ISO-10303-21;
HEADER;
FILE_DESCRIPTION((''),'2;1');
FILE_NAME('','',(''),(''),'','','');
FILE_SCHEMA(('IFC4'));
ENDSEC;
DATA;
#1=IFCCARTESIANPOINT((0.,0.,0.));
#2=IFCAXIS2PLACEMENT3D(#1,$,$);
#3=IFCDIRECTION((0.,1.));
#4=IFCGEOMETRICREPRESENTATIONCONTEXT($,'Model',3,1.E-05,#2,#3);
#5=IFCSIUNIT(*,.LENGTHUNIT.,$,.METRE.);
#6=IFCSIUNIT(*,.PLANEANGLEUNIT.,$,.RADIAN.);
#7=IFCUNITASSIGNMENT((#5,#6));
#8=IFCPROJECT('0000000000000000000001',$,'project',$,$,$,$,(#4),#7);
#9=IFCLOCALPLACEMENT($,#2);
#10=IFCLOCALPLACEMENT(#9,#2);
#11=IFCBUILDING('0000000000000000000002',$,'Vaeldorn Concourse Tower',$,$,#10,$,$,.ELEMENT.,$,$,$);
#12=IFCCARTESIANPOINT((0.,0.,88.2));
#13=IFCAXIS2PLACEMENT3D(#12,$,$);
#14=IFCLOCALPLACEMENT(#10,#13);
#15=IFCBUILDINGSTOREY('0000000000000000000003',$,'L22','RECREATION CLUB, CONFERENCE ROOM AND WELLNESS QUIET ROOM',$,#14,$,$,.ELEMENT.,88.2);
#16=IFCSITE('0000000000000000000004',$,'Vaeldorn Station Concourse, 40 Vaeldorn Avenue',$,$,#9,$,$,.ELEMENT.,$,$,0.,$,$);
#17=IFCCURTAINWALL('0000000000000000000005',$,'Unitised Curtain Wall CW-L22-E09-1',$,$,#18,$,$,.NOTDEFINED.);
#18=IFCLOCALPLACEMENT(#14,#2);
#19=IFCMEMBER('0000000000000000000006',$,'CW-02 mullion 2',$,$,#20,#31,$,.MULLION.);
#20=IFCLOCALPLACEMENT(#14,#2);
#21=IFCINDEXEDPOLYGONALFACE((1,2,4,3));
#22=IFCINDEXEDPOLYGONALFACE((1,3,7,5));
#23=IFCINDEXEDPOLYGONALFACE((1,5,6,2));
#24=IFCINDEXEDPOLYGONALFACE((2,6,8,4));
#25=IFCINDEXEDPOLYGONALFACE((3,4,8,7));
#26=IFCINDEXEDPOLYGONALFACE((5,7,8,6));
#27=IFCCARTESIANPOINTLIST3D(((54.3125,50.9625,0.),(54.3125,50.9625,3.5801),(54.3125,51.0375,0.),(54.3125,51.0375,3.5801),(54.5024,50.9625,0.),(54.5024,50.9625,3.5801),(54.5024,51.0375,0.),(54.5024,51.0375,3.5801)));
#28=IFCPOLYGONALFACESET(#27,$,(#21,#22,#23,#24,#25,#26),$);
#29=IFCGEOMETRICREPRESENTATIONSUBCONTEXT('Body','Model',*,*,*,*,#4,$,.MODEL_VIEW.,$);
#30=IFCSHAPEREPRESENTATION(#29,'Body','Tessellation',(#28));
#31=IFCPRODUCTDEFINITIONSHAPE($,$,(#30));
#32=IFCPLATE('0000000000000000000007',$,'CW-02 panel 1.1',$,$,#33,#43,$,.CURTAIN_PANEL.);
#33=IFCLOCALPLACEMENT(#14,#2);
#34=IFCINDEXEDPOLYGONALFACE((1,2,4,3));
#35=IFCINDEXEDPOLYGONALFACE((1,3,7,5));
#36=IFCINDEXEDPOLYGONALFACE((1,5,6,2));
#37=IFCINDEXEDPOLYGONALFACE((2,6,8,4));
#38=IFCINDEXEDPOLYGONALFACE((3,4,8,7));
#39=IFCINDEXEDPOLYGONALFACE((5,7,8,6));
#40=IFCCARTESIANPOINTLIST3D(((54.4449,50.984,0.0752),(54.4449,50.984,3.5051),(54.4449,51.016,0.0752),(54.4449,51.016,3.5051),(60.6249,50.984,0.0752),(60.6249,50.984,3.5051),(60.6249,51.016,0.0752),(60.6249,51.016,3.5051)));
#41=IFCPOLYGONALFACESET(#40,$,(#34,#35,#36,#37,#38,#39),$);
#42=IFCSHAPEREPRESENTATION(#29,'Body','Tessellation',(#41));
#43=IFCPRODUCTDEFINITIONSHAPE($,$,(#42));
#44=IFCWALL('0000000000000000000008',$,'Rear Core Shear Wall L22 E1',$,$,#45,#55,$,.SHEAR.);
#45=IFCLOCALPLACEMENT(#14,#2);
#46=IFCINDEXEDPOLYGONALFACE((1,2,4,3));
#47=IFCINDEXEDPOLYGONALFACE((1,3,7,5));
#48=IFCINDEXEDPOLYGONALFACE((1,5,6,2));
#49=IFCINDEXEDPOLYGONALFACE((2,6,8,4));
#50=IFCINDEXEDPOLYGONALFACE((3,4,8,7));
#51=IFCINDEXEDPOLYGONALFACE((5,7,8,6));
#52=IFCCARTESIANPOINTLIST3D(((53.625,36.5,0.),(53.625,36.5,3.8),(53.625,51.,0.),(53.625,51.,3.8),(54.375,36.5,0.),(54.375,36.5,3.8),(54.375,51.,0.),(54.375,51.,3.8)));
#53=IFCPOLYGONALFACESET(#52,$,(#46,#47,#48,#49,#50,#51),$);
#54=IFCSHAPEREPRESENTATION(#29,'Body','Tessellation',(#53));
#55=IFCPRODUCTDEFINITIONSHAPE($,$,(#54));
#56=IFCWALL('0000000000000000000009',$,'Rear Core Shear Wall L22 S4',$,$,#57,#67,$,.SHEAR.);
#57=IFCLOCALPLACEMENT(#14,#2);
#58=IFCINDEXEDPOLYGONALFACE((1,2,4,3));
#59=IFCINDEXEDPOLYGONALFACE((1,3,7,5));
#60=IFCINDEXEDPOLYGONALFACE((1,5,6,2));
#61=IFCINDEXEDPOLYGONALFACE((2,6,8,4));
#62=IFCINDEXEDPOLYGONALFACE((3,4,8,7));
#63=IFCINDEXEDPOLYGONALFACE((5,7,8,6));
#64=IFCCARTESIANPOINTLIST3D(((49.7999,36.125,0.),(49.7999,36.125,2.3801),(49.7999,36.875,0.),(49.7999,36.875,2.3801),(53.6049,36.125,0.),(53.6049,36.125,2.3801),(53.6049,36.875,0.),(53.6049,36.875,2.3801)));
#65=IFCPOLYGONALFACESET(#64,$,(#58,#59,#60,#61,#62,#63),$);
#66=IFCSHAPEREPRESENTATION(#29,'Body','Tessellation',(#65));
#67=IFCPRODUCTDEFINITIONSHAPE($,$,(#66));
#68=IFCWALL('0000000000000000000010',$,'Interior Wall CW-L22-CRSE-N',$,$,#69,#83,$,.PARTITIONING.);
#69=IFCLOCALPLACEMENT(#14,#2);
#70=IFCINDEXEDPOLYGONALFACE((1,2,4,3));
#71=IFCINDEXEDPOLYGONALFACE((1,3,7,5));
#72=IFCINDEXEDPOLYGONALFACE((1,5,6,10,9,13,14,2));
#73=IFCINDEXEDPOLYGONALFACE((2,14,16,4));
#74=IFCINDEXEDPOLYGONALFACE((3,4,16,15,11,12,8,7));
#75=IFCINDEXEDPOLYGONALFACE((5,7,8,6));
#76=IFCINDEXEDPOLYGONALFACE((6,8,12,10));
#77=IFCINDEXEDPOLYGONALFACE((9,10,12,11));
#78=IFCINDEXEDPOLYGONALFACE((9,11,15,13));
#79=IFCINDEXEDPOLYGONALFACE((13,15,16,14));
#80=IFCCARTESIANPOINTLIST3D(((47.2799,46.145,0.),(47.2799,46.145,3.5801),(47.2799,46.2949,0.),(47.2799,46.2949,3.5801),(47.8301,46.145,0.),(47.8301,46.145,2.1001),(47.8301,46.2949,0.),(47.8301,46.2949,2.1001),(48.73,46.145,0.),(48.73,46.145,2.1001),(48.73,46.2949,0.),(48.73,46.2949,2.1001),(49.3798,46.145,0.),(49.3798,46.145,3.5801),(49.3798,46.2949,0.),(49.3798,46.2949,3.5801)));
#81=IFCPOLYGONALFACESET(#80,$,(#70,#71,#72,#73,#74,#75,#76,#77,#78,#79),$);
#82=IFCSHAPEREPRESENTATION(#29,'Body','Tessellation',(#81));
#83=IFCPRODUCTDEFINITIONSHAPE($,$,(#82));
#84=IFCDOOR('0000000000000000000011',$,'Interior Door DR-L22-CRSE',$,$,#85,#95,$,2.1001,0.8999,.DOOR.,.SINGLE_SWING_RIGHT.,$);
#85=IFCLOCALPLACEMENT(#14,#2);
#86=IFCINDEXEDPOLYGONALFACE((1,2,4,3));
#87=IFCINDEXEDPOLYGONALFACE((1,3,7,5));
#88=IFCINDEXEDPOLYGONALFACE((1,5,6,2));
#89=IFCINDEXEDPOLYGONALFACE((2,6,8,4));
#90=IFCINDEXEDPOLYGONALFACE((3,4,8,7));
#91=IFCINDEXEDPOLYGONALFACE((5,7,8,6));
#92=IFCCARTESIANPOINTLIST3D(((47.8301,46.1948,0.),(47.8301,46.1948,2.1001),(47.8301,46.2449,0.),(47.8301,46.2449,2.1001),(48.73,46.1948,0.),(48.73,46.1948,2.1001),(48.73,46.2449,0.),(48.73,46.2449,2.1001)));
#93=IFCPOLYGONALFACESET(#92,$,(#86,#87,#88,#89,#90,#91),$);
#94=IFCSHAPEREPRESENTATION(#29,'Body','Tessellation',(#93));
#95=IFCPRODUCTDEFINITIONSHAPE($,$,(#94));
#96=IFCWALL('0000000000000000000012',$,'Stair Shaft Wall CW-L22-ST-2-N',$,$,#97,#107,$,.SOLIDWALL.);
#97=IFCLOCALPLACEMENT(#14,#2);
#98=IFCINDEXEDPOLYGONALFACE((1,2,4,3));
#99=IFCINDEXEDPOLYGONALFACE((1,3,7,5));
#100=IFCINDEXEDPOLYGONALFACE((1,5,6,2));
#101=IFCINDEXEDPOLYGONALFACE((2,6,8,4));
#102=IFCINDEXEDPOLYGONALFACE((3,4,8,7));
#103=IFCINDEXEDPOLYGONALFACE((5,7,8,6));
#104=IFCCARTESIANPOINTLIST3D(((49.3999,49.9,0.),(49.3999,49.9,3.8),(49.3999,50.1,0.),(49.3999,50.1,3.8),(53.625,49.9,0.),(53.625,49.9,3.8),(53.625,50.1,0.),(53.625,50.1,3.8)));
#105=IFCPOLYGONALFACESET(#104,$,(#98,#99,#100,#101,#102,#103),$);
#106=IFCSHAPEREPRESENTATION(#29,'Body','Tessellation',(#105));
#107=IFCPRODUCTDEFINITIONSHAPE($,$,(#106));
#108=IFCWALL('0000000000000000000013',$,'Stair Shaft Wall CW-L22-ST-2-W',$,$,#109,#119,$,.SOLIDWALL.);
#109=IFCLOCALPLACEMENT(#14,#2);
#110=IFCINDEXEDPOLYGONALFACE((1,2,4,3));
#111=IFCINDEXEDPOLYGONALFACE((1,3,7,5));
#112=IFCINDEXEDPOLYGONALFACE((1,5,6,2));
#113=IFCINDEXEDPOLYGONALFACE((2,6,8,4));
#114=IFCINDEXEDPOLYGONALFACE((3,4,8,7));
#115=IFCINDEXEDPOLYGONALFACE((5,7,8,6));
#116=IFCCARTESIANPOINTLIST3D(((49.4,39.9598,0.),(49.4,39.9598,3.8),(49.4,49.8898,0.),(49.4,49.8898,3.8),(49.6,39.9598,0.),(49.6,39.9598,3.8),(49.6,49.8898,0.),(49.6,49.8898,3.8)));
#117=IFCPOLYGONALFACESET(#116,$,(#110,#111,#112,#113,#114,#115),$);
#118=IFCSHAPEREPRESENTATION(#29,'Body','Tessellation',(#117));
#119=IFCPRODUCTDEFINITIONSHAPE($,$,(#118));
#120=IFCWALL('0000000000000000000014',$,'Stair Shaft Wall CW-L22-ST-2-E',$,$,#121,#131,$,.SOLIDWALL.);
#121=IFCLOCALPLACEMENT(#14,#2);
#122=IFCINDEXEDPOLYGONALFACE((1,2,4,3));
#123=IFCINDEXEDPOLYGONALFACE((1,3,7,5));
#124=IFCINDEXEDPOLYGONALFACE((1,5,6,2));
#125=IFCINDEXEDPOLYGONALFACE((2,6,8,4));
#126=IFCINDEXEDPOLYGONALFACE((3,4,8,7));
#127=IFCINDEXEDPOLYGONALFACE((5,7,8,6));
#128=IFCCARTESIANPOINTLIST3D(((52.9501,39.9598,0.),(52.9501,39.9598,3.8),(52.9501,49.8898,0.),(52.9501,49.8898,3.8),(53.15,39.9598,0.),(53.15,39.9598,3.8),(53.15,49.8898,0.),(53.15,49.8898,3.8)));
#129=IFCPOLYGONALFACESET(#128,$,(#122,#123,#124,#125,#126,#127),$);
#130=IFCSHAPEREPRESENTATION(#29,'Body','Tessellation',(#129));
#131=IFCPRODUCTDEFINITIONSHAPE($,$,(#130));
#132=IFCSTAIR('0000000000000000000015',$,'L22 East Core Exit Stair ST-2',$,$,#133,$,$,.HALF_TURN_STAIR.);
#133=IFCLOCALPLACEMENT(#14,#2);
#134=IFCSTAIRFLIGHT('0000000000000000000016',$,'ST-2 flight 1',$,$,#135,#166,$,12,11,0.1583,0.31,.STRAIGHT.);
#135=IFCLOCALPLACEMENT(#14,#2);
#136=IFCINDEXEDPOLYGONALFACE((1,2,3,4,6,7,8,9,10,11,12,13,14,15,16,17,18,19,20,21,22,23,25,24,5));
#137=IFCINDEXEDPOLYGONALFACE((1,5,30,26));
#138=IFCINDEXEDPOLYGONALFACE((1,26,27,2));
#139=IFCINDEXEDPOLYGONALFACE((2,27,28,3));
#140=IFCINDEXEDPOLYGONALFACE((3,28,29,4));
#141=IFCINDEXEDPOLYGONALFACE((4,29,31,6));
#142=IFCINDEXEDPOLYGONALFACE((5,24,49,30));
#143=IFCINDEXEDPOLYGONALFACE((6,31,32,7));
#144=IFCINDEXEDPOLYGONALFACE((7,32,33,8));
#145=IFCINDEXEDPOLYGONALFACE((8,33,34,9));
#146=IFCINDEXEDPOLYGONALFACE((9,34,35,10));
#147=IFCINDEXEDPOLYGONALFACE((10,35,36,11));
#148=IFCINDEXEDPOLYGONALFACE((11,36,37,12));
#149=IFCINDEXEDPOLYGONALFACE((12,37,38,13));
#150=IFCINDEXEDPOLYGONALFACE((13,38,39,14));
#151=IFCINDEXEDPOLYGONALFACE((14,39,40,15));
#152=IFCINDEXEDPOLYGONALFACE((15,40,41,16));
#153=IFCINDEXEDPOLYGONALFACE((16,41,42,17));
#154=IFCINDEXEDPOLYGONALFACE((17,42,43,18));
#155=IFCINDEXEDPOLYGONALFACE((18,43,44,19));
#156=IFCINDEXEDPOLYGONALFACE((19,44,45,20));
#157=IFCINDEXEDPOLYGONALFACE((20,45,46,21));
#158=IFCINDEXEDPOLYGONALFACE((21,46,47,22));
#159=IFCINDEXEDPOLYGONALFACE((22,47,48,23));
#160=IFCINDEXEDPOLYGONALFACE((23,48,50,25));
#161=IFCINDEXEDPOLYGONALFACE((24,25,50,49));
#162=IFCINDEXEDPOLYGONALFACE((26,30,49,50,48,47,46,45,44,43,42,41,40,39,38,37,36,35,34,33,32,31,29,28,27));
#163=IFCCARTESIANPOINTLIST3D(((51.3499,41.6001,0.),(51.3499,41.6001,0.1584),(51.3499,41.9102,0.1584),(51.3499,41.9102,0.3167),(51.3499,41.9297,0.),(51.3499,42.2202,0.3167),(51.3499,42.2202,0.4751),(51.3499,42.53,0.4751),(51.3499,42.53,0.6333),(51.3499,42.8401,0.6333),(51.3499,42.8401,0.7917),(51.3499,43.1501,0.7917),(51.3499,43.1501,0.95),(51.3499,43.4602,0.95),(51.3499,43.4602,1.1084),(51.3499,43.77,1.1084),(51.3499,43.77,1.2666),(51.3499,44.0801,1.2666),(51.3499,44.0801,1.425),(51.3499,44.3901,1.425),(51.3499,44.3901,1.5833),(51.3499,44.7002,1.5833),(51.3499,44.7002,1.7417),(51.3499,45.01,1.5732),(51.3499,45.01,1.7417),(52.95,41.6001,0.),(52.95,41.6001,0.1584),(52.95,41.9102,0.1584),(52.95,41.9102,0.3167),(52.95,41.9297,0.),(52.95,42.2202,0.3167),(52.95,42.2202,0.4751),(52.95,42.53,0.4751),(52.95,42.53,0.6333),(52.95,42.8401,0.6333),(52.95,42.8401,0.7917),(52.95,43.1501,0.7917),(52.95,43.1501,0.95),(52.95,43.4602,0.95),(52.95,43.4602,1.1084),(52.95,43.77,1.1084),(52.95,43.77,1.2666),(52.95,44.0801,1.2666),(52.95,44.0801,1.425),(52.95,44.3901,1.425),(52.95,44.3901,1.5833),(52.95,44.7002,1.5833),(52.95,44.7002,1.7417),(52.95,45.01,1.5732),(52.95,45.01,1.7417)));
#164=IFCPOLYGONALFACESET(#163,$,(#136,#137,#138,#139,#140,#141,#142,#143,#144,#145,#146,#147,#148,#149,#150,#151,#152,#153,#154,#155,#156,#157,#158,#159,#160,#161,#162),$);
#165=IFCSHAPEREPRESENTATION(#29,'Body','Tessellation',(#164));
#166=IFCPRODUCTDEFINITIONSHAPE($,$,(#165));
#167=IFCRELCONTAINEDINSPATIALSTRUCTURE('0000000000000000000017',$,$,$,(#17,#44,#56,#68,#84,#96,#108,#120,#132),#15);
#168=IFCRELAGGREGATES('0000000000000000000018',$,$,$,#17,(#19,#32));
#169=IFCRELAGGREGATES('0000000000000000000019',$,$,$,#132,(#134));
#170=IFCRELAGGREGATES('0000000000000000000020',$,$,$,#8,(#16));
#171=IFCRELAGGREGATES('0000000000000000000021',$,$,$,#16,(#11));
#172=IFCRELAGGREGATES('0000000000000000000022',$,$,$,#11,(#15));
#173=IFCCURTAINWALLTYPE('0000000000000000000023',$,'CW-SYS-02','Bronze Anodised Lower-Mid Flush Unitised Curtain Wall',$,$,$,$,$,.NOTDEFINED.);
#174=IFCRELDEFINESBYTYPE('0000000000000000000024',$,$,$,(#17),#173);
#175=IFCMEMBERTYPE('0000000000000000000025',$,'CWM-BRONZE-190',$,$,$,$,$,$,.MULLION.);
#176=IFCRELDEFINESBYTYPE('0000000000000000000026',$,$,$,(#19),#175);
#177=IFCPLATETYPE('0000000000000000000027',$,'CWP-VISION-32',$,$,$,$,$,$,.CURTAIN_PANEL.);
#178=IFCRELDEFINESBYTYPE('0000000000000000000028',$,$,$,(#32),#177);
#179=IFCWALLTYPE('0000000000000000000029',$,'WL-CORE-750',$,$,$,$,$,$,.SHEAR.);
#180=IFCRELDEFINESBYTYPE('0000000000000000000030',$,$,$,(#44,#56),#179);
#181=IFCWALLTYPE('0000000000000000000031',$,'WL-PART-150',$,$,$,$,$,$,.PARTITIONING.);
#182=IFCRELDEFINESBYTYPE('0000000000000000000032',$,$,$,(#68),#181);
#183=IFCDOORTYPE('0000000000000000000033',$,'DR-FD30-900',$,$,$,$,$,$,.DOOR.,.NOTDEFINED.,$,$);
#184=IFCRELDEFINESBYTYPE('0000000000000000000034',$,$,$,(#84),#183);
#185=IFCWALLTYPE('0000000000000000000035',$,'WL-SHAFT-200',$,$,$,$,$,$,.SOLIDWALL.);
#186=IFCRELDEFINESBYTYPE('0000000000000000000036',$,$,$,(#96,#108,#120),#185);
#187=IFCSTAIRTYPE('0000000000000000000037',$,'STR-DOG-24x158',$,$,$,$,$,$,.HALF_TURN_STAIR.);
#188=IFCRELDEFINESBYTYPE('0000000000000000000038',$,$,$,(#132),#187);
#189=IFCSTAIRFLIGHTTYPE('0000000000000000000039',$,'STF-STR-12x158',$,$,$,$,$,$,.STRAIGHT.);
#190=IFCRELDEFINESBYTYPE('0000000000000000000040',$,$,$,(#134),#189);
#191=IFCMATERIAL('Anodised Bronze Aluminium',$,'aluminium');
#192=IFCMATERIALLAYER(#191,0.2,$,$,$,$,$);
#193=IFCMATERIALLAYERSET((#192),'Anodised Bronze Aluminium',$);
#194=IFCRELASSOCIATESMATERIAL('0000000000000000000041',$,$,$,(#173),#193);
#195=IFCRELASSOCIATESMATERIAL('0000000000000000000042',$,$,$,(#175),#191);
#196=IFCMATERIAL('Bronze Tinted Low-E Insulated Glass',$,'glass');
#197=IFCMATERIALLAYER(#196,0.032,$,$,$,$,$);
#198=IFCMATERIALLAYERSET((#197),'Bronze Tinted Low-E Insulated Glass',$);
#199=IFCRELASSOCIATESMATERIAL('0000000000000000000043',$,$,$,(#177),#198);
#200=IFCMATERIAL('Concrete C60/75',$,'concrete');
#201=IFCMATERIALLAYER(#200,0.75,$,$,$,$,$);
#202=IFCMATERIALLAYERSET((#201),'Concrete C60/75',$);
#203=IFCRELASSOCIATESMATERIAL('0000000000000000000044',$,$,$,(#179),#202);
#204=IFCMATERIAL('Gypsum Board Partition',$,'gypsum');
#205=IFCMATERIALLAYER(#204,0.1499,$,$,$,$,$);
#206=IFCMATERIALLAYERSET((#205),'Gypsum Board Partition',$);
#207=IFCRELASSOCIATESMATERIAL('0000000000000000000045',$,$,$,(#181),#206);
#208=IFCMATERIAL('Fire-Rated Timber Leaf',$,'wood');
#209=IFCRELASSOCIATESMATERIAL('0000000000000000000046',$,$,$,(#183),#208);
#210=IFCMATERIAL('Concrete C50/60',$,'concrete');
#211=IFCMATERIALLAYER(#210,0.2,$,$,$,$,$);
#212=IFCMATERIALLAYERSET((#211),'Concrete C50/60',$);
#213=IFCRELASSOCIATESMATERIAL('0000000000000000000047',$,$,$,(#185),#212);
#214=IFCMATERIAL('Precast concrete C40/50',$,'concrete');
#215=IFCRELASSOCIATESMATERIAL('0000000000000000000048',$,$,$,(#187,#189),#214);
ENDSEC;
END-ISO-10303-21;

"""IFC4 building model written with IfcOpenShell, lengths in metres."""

from ifc_helpers import new_model, si_unit, direction, frame, frame_2d, origin, origin_2d, place, context, subcontext, project, spatial, polyline, rectangle, outline, extrude, source, transform, mapped, material, layer, layer_set, material_profile, profile_set, type_object, element, fill, aggregate, save


model = new_model("IFC4")

# Units and contexts
model_context = context("Model", 3, precision=1e-05, world=origin(), true_north=direction((0.0, 1.0)))
body_context = subcontext(model_context, "Body", "Model", "MODEL_VIEW")
ifc_project = project(units=[si_unit("LENGTHUNIT", "METRE"), si_unit("PLANEANGLEUNIT", "RADIAN")], contexts=[model_context])

# Site, building, storey
site_placement = place(None, origin())
site = spatial("IfcSite", under=ifc_project, at=site_placement, Name="Vaeldorn Station Concourse, 40 Vaeldorn Avenue", CompositionType="ELEMENT", RefElevation=0.0)
building_placement = place(site_placement, origin())
building = spatial("IfcBuilding", under=site, at=building_placement, Name="Vaeldorn Concourse Tower", CompositionType="ELEMENT")
storey_placement = place(building_placement, frame((0.0, 0.0, 88.2)))
storey = spatial("IfcBuildingStorey", under=building, at=storey_placement, Name="L22", Description="RECREATION CLUB, CONFERENCE ROOM AND WELLNESS QUIET ROOM", CompositionType="ELEMENT", Elevation=88.2)

# Shared definitions
ifc_material_1 = material(Name="Concrete C60/75", Category="concrete")

# Curtain wall, member, plate
ifc_material_2 = material(Name="Anodised Bronze Aluminium", Category="aluminium")
ifc_layer_1 = layer(ifc_material_2, 0.2)
ifc_layer_set_1 = layer_set([ifc_layer_1], Name="Anodised Bronze Aluminium")
curtain_wall_type = type_object("IfcCurtainWallType", Name="CW-SYS-02", Description="Bronze Anodised Lower-Mid Flush Unitised Curtain Wall", PredefinedType="NOTDEFINED", material=ifc_layer_set_1)
curtain_wall_placement = place(storey_placement, origin())
curtain_wall = element("IfcCurtainWall", 1, at=curtain_wall_placement, inside=storey, type_object=curtain_wall_type, Name="Unitised Curtain Wall CW-L22-E09-1", PredefinedType="NOTDEFINED")
ifc_material_profile_1 = material_profile(ifc_material_2, rectangle(XDim=0.075, YDim=0.1899, at=origin_2d()), Name="CWM 75x190")
ifc_profile_set_1 = profile_set([ifc_material_profile_1], Name="Anodised Bronze Aluminium")
member_type = type_object("IfcMemberType", Name="CWM-BRONZE-190", PredefinedType="MULLION", material=ifc_profile_set_1)
shared_shape_1 = source(origin(), body_context, "Body", "SweptSolid", [
    extrude(rectangle(XDim=0.075, YDim=0.1899, at=origin_2d()), origin(), (0.0, 0.0, 1.0), 3.5801),
])
member_placement = place(storey_placement, frame((54.4075, 51.0, 0.0), z_axis=(0.0, 0.0, 1.0), x_axis=(0.0, -1.0, 0.0)))
member = element("IfcMember", 2, at=member_placement, type_object=member_type, Name="CW-02 mullion 2", PredefinedType="MULLION", context=body_context, shape_type="MappedRepresentation", body=[
    mapped(shared_shape_1, transform((0.0, 0.0, 0.0), scale=1.0)),
])
ifc_material_3 = material(Name="Bronze Tinted Low-E Insulated Glass", Category="glass")
ifc_layer_2 = layer(ifc_material_3, 0.032)
ifc_layer_set_2 = layer_set([ifc_layer_2], Name="Bronze Tinted Low-E Insulated Glass")
plate_type = type_object("IfcPlateType", Name="CWP-VISION-32", PredefinedType="CURTAIN_PANEL", material=ifc_layer_set_2)
shared_shape_2 = source(origin(), body_context, "Body", "SweptSolid", [
    extrude(rectangle(XDim=6.1799, YDim=0.032, at=origin_2d()), origin(), (0.0, 0.0, 1.0), 3.4299),
])
plate_placement = place(storey_placement, frame((57.5349, 51.0, 0.0752), z_axis=(0.0, 0.0, 1.0), x_axis=(-1.0, 0.0, 0.0)))
plate = element("IfcPlate", 3, at=plate_placement, type_object=plate_type, Name="CW-02 panel 1.1", PredefinedType="CURTAIN_PANEL", context=body_context, shape_type="MappedRepresentation", body=[
    mapped(shared_shape_2, transform((0.0, 0.0, 0.0), scale=1.0)),
])
aggregate(curtain_wall, [member, plate])

# Walls
ifc_layer_3 = layer(ifc_material_1, 0.75)
ifc_layer_set_3 = layer_set([ifc_layer_3], Name="Concrete C60/75")
wall_type_1 = type_object("IfcWallType", Name="WL-CORE-750", PredefinedType="SHEAR", material=ifc_layer_set_3)
wall_1_placement = place(storey_placement, frame((54.0, 36.5, 0.0), z_axis=(0.0, 0.0, 1.0), x_axis=(0.0, 1.0, 0.0)))
element("IfcWall", 4, at=wall_1_placement, inside=storey, type_object=wall_type_1, Name="Rear Core Shear Wall L22 E1", PredefinedType="SHEAR", context=body_context, shape_type="SweptSolid", body=[
    extrude(rectangle(XDim=14.5, YDim=0.75, at=frame_2d((7.25, 0.0))), origin(), (0.0, 0.0, 1.0), 3.8),
])
wall_2_placement = place(storey_placement, frame((49.8, 36.5, 0.0), z_axis=(0.0, 0.0, 1.0), x_axis=(1.0, 0.0, 0.0)))
element("IfcWall", 5, at=wall_2_placement, inside=storey, type_object=wall_type_1, Name="Rear Core Shear Wall L22 S4", PredefinedType="SHEAR", context=body_context, shape_type="SweptSolid", body=[
    extrude(rectangle(XDim=3.8049, YDim=0.75, at=frame_2d((1.9023, 0.0))), origin(), (0.0, 0.0, 1.0), 2.3801),
])

# Wall, opening, door
ifc_material_4 = material(Name="Gypsum Board Partition", Category="gypsum")
ifc_layer_4 = layer(ifc_material_4, 0.1499)
ifc_layer_set_4 = layer_set([ifc_layer_4], Name="Gypsum Board Partition")
wall_type_2 = type_object("IfcWallType", Name="WL-PART-150", PredefinedType="PARTITIONING", material=ifc_layer_set_4)
wall_3_placement = place(storey_placement, frame((47.28, 46.22, 0.0), z_axis=(0.0, 0.0, 1.0), x_axis=(1.0, 0.0, 0.0)))
wall_3 = element("IfcWall", 6, at=wall_3_placement, inside=storey, type_object=wall_type_2, Name="Interior Wall CW-L22-CRSE-N", PredefinedType="PARTITIONING", context=body_context, shape_type="SweptSolid", body=[
    extrude(rectangle(XDim=2.0999, YDim=0.1499, at=frame_2d((1.0498, 0.0))), origin(), (0.0, 0.0, 1.0), 3.5801),
])
opening_1_placement = place(wall_3_placement, frame((0.55, 0.0, 0.0)))
opening_1 = element("IfcOpeningElement", 7, at=opening_1_placement, cuts=wall_3, PredefinedType="OPENING", context=body_context, shape_type="SweptSolid", body=[
    extrude(rectangle(XDim=0.8999, YDim=2.1001, at=frame_2d((0.45, 1.05))), frame((0.0, 0.085, 0.0), z_axis=(0.0, -1.0, 0.0), x_axis=(1.0, 0.0, 0.0)), (0.0, 0.0, 1.0), 0.1699),
])
ifc_material_5 = material(Name="Fire-Rated Timber Leaf", Category="wood")
door_type_1 = type_object("IfcDoorType", Name="DR-FD30-900", OperationType="NOTDEFINED", PredefinedType="DOOR", material=ifc_material_5)
shared_shape_3 = source(origin(), body_context, "Body", "SweptSolid", [
    extrude(rectangle(XDim=0.8999, YDim=2.1001, at=frame_2d((0.45, 1.05))), frame((0.0, 0.0249, 0.0), z_axis=(0.0, -1.0, 0.0), x_axis=(1.0, 0.0, 0.0)), (0.0, 0.0, 1.0), 0.05),
])
door_1_placement = place(opening_1_placement, origin())
door_1 = element("IfcDoor", 8, at=door_1_placement, inside=storey, type_object=door_type_1, Name="Interior Door DR-L22-CRSE", OperationType="SINGLE_SWING_RIGHT", OverallHeight=2.1001, OverallWidth=0.8999, PredefinedType="DOOR", context=body_context, shape_type="MappedRepresentation", body=[
    mapped(shared_shape_3, transform((0.0, 0.0, 0.0), scale=1.0)),
])
fill(opening_1, door_1)
ifc_material_6 = material(Name="Concrete C50/60", Category="concrete")
ifc_layer_5 = layer(ifc_material_6, 0.2)
ifc_layer_set_5 = layer_set([ifc_layer_5], Name="Concrete C50/60")
wall_type_3 = type_object("IfcWallType", Name="WL-SHAFT-200", PredefinedType="SOLIDWALL", material=ifc_layer_set_5)

# Walls
wall_4_placement = place(storey_placement, frame((49.3999, 50.0, 0.0), z_axis=(0.0, 0.0, 1.0), x_axis=(1.0, 0.0, 0.0)))
element("IfcWall", 9, at=wall_4_placement, inside=storey, type_object=wall_type_3, Name="Stair Shaft Wall CW-L22-ST-2-N", PredefinedType="SOLIDWALL", context=body_context, shape_type="SweptSolid", body=[
    extrude(rectangle(XDim=4.2251, YDim=0.2, at=frame_2d((2.1125, 0.0))), origin(), (0.0, 0.0, 1.0), 3.8),
])
for number, where, z_axis, x_axis, name in (
    (10, (49.5, 39.96, 0.0), (0.0, 0.0, 1.0), (0.0, 1.0, 0.0), "Stair Shaft Wall CW-L22-ST-2-W"),
    (11, (53.05, 39.96, 0.0), (0.0, 0.0, 1.0), (0.0, 1.0, 0.0), "Stair Shaft Wall CW-L22-ST-2-E"),
):
    element("IfcWall", number, at=place(storey_placement, frame(where, z_axis=z_axis, x_axis=x_axis)), inside=storey, type_object=wall_type_3, Name=name, PredefinedType="SOLIDWALL", context=body_context, shape_type="SweptSolid", body=[
        extrude(rectangle(XDim=9.9299, YDim=0.2, at=frame_2d((4.9648, 0.0))), origin(), (0.0, 0.0, 1.0), 3.8),
    ])

# Stair, stair flight
ifc_material_7 = material(Name="Precast concrete C40/50", Category="concrete")
stair_type = type_object("IfcStairType", Name="STR-DOG-24x158", PredefinedType="HALF_TURN_STAIR", material=ifc_material_7)
stair_placement = place(storey_placement, origin())
stair = element("IfcStair", 12, at=stair_placement, inside=storey, type_object=stair_type, Name="L22 East Core Exit Stair ST-2", PredefinedType="HALF_TURN_STAIR")
stair_flight_type = type_object("IfcStairFlightType", Name="STF-STR-12x158", PredefinedType="STRAIGHT", material=ifc_material_7)
stair_flight_1_placement = place(storey_placement, frame((52.1499, 41.6001, 0.0), z_axis=(0.0, 0.0, 1.0), x_axis=(0.0, 1.0, 0.0)))
stair_flight_1 = element("IfcStairFlight", 13, at=stair_flight_1_placement, type_object=stair_flight_type, Name="ST-2 flight 1", NumberOfRisers=12, NumberOfTreads=11, PredefinedType="STRAIGHT", RiserHeight=0.1583, TreadLength=0.31, context=body_context, shape_type="SweptSolid", body=[
    extrude(outline(polyline([(0.0, 0.0), (0.0, 0.1584), (0.3101, 0.1584), (0.3101, 0.3167), (0.6201, 0.3167), (0.6201, 0.4751), (0.9299, 0.4751), (0.9299, 0.6333), (1.24, 0.6333), (1.24, 0.7917), (1.55, 0.7917), (1.55, 0.95), (1.8601, 0.95), (1.8601, 1.1084), (2.1699, 1.1084), (2.1699, 1.2666), (2.48, 1.2666), (2.48, 1.425), (2.79, 1.425), (2.79, 1.5833), (3.1001, 1.5833), (3.1001, 1.7417), (3.4099, 1.7417), (3.4099, 1.8999), (3.4099, 1.5732), (0.3296, 0.0), (0.0, 0.0)])), frame((0.0, 0.8, 0.0), z_axis=(0.0, -1.0, 0.0), x_axis=(1.0, 0.0, 0.0)), (0.0, 0.0, 1.0), 1.6001),
])
aggregate(stair, [stair_flight_1])

save(model, "model.ifc")
